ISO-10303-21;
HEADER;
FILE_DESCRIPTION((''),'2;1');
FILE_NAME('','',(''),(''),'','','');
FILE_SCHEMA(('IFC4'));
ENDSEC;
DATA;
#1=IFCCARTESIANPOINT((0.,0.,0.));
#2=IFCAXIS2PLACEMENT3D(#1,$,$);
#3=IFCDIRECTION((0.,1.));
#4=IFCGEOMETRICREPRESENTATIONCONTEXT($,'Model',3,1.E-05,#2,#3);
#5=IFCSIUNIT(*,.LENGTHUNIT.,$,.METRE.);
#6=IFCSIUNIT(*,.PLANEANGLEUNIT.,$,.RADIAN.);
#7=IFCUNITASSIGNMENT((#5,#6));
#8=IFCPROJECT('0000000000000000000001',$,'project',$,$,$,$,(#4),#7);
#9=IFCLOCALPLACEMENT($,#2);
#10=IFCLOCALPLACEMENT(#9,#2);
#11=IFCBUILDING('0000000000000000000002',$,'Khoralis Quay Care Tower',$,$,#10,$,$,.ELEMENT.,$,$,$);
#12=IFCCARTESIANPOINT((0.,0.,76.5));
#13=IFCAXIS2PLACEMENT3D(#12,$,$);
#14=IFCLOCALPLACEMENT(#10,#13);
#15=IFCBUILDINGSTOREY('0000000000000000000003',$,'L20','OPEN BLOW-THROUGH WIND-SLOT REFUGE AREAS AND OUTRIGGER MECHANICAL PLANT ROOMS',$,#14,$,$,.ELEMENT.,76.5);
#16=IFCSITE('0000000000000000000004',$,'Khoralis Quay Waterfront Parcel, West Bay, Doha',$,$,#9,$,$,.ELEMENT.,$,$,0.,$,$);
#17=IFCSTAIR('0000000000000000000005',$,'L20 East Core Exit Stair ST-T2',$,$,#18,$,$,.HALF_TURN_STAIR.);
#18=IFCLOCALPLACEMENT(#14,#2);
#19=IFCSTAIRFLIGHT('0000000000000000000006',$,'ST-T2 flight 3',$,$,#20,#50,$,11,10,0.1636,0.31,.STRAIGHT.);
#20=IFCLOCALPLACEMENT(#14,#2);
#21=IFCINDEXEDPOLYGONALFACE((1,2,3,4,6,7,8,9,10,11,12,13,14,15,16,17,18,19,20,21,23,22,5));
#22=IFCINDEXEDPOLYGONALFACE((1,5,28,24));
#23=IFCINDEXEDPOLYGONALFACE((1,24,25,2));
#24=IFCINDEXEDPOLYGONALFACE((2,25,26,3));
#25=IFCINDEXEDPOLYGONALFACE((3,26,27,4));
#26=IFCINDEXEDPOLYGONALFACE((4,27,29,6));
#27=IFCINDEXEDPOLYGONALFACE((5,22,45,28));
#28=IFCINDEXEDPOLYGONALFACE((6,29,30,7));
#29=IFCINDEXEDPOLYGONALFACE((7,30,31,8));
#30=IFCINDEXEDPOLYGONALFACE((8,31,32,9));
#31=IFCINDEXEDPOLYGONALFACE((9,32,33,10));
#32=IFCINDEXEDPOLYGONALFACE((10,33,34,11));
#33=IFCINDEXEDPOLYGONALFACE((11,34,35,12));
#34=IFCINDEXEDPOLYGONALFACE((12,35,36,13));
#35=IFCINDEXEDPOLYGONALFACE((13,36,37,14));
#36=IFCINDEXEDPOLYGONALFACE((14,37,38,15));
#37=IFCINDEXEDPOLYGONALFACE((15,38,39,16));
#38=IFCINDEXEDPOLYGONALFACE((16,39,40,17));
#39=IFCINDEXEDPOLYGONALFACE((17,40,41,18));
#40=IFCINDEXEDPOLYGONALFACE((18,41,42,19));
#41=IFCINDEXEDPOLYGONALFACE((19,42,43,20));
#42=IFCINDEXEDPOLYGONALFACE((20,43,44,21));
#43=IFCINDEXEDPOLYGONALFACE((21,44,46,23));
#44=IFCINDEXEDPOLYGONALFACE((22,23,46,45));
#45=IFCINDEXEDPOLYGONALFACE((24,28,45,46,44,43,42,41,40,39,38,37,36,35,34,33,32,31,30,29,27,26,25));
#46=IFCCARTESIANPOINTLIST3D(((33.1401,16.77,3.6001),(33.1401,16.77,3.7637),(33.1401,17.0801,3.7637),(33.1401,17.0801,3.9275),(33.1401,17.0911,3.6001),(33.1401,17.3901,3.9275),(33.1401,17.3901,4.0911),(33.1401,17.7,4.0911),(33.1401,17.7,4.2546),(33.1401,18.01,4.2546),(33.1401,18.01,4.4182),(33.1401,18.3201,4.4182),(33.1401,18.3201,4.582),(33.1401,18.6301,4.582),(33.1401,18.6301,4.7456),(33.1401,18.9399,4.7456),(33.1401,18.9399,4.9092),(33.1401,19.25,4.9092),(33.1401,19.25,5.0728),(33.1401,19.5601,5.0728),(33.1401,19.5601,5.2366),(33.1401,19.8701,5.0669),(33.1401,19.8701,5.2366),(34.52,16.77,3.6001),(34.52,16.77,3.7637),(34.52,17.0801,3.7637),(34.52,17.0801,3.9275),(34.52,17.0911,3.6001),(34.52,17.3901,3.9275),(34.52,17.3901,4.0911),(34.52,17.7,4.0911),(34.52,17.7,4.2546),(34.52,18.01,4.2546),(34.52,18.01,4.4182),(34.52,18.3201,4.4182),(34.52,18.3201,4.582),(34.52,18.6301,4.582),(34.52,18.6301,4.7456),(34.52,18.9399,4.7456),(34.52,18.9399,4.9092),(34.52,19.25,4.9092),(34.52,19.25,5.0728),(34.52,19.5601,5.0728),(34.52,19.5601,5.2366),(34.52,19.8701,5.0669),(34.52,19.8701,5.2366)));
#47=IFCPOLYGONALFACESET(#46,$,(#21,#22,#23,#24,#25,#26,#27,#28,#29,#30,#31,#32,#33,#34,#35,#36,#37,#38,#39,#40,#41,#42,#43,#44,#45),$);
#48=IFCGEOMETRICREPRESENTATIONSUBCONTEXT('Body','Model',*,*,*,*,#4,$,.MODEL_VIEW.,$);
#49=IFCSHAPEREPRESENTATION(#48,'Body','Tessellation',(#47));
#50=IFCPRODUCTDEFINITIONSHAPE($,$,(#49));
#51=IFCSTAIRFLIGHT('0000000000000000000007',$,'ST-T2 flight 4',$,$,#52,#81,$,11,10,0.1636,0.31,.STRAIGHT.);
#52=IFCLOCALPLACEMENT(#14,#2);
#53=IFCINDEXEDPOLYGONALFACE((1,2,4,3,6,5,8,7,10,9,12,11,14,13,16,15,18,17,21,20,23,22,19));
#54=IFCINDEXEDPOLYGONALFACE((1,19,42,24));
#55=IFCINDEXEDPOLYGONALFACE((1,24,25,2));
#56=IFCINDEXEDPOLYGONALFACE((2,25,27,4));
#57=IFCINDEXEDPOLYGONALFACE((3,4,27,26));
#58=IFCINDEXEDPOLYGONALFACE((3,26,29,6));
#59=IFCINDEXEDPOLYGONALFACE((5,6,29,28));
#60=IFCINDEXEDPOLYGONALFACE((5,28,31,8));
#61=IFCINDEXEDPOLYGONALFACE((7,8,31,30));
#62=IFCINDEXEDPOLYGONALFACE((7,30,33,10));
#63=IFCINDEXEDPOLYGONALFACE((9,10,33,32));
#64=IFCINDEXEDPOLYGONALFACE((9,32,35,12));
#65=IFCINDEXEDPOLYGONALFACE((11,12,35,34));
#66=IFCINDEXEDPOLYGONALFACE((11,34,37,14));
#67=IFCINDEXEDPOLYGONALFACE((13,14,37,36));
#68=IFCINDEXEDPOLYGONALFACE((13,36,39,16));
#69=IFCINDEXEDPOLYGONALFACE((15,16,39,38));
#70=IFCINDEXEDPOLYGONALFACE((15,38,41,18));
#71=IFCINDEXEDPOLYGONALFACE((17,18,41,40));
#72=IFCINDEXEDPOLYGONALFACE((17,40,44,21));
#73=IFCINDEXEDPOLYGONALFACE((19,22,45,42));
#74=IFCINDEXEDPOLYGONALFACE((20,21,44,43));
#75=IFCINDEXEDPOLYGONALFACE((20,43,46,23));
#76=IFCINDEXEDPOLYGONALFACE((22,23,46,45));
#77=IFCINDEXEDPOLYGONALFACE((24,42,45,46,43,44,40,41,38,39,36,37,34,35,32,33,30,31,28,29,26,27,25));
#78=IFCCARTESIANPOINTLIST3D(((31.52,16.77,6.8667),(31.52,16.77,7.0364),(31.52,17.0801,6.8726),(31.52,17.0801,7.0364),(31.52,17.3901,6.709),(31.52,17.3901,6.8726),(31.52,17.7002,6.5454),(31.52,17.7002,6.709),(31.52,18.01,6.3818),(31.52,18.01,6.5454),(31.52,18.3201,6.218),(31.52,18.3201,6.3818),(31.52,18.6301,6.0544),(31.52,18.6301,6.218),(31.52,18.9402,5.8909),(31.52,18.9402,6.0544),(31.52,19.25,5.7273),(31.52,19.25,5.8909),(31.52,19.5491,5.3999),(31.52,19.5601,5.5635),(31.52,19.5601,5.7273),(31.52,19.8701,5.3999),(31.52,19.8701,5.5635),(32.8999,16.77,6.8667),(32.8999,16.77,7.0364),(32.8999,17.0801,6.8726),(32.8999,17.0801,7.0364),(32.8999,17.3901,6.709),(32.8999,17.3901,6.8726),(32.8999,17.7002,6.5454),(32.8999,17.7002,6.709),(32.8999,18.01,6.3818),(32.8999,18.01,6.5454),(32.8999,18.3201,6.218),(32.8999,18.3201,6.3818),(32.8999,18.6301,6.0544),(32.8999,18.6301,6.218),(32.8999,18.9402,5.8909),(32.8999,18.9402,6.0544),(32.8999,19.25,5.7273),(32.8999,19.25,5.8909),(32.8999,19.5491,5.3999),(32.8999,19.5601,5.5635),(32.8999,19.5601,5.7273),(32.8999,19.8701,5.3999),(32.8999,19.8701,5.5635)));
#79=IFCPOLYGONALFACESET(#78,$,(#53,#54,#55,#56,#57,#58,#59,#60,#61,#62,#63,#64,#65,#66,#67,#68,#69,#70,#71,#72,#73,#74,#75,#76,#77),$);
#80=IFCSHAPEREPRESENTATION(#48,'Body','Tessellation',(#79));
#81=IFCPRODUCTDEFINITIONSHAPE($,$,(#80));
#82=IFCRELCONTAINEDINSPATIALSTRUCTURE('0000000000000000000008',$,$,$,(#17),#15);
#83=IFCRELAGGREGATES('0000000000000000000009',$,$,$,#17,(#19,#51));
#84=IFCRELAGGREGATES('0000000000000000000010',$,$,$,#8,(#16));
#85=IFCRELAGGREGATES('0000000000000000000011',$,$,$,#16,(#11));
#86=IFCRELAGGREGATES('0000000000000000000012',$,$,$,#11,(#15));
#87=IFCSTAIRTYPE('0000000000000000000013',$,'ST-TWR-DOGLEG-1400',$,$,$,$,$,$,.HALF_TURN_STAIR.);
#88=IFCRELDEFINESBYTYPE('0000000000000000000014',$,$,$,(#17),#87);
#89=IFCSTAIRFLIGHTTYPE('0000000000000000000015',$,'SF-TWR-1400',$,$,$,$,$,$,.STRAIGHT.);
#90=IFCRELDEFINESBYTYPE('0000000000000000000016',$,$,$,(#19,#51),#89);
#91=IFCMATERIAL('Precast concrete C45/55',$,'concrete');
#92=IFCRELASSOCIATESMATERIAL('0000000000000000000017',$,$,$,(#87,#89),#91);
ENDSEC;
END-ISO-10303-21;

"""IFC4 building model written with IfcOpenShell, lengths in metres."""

from ifc_helpers import new_model, si_unit, direction, frame, origin, place, context, subcontext, project, spatial, polyline, outline, extrude, source, transform, mapped, material, type_object, element, aggregate, save


model = new_model("IFC4")

# Units and contexts
model_context = context("Model", 3, precision=1e-05, world=origin(), true_north=direction((0.0, 1.0)))
body_context = subcontext(model_context, "Body", "Model", "MODEL_VIEW")
ifc_project = project(units=[si_unit("LENGTHUNIT", "METRE"), si_unit("PLANEANGLEUNIT", "RADIAN")], contexts=[model_context])

# Site, building, storey
site_placement = place(None, origin())
site = spatial("IfcSite", under=ifc_project, at=site_placement, Name="Khoralis Quay Waterfront Parcel, West Bay, Doha", CompositionType="ELEMENT", RefElevation=0.0)
building_placement = place(site_placement, origin())
building = spatial("IfcBuilding", under=site, at=building_placement, Name="Khoralis Quay Care Tower", CompositionType="ELEMENT")
storey_placement = place(building_placement, frame((0.0, 0.0, 76.5)))
storey = spatial("IfcBuildingStorey", under=building, at=storey_placement, Name="L20", Description="OPEN BLOW-THROUGH WIND-SLOT REFUGE AREAS AND OUTRIGGER MECHANICAL PLANT ROOMS", CompositionType="ELEMENT", Elevation=76.5)

# Stair, stair flights
ifc_material_1 = material(Name="Precast concrete C45/55", Category="concrete")
stair_type = type_object("IfcStairType", Name="ST-TWR-DOGLEG-1400", PredefinedType="HALF_TURN_STAIR", material=ifc_material_1)
stair_placement = place(storey_placement, origin())
stair = element("IfcStair", 1, at=stair_placement, inside=storey, type_object=stair_type, Name="L20 East Core Exit Stair ST-T2", PredefinedType="HALF_TURN_STAIR")
stair_flight_type = type_object("IfcStairFlightType", Name="SF-TWR-1400", PredefinedType="STRAIGHT", material=ifc_material_1)
shared_shape_1 = source(origin(), body_context, "Body", "SweptSolid", [
    extrude(outline(polyline([(0.0, 0.0), (0.0, 0.1636), (0.3101, 0.1636), (0.3101, 0.3274), (0.6201, 0.3274), (0.6201, 0.491), (0.9299, 0.491), (0.9299, 0.6545), (1.24, 0.6545), (1.24, 0.8181), (1.55, 0.8181), (1.55, 0.9819), (1.8601, 0.9819), (1.8601, 1.1455), (2.1699, 1.1455), (2.1699, 1.3091), (2.48, 1.3091), (2.48, 1.4727), (2.79, 1.4727), (2.79, 1.6365), (3.1001, 1.6365), (3.1001, 1.8), (3.1001, 1.4668), (0.321, 0.0), (0.0, 0.0)])), frame((0.0, 0.6899, 0.0), z_axis=(0.0, -1.0, 0.0), x_axis=(1.0, 0.0, 0.0)), (0.0, 0.0, 1.0), 1.3799),
])
stair_flight_1_placement = place(storey_placement, frame((33.8301, 16.77, 3.6001), z_axis=(0.0, 0.0, 1.0), x_axis=(0.0, 1.0, 0.0)))
stair_flight_1 = element("IfcStairFlight", 2, at=stair_flight_1_placement, type_object=stair_flight_type, Name="ST-T2 flight 3", NumberOfRisers=11, NumberOfTreads=10, PredefinedType="STRAIGHT", RiserHeight=0.1636, TreadLength=0.31, context=body_context, shape_type="MappedRepresentation", body=[
    mapped(shared_shape_1, transform((0.0, 0.0, 0.0), scale=1.0)),
])
stair_flight_2_placement = place(storey_placement, frame((32.21, 19.8701, 5.3999), z_axis=(0.0, 0.0, 1.0), x_axis=(0.0, -1.0, 0.0)))
stair_flight_2 = element("IfcStairFlight", 3, at=stair_flight_2_placement, type_object=stair_flight_type, Name="ST-T2 flight 4", NumberOfRisers=11, NumberOfTreads=10, PredefinedType="STRAIGHT", RiserHeight=0.1636, TreadLength=0.31, context=body_context, shape_type="MappedRepresentation", body=[
    mapped(shared_shape_1, transform((0.0, 0.0, 0.0), scale=1.0)),
])
aggregate(stair, [stair_flight_1, stair_flight_2])

save(model, "model.ifc")
